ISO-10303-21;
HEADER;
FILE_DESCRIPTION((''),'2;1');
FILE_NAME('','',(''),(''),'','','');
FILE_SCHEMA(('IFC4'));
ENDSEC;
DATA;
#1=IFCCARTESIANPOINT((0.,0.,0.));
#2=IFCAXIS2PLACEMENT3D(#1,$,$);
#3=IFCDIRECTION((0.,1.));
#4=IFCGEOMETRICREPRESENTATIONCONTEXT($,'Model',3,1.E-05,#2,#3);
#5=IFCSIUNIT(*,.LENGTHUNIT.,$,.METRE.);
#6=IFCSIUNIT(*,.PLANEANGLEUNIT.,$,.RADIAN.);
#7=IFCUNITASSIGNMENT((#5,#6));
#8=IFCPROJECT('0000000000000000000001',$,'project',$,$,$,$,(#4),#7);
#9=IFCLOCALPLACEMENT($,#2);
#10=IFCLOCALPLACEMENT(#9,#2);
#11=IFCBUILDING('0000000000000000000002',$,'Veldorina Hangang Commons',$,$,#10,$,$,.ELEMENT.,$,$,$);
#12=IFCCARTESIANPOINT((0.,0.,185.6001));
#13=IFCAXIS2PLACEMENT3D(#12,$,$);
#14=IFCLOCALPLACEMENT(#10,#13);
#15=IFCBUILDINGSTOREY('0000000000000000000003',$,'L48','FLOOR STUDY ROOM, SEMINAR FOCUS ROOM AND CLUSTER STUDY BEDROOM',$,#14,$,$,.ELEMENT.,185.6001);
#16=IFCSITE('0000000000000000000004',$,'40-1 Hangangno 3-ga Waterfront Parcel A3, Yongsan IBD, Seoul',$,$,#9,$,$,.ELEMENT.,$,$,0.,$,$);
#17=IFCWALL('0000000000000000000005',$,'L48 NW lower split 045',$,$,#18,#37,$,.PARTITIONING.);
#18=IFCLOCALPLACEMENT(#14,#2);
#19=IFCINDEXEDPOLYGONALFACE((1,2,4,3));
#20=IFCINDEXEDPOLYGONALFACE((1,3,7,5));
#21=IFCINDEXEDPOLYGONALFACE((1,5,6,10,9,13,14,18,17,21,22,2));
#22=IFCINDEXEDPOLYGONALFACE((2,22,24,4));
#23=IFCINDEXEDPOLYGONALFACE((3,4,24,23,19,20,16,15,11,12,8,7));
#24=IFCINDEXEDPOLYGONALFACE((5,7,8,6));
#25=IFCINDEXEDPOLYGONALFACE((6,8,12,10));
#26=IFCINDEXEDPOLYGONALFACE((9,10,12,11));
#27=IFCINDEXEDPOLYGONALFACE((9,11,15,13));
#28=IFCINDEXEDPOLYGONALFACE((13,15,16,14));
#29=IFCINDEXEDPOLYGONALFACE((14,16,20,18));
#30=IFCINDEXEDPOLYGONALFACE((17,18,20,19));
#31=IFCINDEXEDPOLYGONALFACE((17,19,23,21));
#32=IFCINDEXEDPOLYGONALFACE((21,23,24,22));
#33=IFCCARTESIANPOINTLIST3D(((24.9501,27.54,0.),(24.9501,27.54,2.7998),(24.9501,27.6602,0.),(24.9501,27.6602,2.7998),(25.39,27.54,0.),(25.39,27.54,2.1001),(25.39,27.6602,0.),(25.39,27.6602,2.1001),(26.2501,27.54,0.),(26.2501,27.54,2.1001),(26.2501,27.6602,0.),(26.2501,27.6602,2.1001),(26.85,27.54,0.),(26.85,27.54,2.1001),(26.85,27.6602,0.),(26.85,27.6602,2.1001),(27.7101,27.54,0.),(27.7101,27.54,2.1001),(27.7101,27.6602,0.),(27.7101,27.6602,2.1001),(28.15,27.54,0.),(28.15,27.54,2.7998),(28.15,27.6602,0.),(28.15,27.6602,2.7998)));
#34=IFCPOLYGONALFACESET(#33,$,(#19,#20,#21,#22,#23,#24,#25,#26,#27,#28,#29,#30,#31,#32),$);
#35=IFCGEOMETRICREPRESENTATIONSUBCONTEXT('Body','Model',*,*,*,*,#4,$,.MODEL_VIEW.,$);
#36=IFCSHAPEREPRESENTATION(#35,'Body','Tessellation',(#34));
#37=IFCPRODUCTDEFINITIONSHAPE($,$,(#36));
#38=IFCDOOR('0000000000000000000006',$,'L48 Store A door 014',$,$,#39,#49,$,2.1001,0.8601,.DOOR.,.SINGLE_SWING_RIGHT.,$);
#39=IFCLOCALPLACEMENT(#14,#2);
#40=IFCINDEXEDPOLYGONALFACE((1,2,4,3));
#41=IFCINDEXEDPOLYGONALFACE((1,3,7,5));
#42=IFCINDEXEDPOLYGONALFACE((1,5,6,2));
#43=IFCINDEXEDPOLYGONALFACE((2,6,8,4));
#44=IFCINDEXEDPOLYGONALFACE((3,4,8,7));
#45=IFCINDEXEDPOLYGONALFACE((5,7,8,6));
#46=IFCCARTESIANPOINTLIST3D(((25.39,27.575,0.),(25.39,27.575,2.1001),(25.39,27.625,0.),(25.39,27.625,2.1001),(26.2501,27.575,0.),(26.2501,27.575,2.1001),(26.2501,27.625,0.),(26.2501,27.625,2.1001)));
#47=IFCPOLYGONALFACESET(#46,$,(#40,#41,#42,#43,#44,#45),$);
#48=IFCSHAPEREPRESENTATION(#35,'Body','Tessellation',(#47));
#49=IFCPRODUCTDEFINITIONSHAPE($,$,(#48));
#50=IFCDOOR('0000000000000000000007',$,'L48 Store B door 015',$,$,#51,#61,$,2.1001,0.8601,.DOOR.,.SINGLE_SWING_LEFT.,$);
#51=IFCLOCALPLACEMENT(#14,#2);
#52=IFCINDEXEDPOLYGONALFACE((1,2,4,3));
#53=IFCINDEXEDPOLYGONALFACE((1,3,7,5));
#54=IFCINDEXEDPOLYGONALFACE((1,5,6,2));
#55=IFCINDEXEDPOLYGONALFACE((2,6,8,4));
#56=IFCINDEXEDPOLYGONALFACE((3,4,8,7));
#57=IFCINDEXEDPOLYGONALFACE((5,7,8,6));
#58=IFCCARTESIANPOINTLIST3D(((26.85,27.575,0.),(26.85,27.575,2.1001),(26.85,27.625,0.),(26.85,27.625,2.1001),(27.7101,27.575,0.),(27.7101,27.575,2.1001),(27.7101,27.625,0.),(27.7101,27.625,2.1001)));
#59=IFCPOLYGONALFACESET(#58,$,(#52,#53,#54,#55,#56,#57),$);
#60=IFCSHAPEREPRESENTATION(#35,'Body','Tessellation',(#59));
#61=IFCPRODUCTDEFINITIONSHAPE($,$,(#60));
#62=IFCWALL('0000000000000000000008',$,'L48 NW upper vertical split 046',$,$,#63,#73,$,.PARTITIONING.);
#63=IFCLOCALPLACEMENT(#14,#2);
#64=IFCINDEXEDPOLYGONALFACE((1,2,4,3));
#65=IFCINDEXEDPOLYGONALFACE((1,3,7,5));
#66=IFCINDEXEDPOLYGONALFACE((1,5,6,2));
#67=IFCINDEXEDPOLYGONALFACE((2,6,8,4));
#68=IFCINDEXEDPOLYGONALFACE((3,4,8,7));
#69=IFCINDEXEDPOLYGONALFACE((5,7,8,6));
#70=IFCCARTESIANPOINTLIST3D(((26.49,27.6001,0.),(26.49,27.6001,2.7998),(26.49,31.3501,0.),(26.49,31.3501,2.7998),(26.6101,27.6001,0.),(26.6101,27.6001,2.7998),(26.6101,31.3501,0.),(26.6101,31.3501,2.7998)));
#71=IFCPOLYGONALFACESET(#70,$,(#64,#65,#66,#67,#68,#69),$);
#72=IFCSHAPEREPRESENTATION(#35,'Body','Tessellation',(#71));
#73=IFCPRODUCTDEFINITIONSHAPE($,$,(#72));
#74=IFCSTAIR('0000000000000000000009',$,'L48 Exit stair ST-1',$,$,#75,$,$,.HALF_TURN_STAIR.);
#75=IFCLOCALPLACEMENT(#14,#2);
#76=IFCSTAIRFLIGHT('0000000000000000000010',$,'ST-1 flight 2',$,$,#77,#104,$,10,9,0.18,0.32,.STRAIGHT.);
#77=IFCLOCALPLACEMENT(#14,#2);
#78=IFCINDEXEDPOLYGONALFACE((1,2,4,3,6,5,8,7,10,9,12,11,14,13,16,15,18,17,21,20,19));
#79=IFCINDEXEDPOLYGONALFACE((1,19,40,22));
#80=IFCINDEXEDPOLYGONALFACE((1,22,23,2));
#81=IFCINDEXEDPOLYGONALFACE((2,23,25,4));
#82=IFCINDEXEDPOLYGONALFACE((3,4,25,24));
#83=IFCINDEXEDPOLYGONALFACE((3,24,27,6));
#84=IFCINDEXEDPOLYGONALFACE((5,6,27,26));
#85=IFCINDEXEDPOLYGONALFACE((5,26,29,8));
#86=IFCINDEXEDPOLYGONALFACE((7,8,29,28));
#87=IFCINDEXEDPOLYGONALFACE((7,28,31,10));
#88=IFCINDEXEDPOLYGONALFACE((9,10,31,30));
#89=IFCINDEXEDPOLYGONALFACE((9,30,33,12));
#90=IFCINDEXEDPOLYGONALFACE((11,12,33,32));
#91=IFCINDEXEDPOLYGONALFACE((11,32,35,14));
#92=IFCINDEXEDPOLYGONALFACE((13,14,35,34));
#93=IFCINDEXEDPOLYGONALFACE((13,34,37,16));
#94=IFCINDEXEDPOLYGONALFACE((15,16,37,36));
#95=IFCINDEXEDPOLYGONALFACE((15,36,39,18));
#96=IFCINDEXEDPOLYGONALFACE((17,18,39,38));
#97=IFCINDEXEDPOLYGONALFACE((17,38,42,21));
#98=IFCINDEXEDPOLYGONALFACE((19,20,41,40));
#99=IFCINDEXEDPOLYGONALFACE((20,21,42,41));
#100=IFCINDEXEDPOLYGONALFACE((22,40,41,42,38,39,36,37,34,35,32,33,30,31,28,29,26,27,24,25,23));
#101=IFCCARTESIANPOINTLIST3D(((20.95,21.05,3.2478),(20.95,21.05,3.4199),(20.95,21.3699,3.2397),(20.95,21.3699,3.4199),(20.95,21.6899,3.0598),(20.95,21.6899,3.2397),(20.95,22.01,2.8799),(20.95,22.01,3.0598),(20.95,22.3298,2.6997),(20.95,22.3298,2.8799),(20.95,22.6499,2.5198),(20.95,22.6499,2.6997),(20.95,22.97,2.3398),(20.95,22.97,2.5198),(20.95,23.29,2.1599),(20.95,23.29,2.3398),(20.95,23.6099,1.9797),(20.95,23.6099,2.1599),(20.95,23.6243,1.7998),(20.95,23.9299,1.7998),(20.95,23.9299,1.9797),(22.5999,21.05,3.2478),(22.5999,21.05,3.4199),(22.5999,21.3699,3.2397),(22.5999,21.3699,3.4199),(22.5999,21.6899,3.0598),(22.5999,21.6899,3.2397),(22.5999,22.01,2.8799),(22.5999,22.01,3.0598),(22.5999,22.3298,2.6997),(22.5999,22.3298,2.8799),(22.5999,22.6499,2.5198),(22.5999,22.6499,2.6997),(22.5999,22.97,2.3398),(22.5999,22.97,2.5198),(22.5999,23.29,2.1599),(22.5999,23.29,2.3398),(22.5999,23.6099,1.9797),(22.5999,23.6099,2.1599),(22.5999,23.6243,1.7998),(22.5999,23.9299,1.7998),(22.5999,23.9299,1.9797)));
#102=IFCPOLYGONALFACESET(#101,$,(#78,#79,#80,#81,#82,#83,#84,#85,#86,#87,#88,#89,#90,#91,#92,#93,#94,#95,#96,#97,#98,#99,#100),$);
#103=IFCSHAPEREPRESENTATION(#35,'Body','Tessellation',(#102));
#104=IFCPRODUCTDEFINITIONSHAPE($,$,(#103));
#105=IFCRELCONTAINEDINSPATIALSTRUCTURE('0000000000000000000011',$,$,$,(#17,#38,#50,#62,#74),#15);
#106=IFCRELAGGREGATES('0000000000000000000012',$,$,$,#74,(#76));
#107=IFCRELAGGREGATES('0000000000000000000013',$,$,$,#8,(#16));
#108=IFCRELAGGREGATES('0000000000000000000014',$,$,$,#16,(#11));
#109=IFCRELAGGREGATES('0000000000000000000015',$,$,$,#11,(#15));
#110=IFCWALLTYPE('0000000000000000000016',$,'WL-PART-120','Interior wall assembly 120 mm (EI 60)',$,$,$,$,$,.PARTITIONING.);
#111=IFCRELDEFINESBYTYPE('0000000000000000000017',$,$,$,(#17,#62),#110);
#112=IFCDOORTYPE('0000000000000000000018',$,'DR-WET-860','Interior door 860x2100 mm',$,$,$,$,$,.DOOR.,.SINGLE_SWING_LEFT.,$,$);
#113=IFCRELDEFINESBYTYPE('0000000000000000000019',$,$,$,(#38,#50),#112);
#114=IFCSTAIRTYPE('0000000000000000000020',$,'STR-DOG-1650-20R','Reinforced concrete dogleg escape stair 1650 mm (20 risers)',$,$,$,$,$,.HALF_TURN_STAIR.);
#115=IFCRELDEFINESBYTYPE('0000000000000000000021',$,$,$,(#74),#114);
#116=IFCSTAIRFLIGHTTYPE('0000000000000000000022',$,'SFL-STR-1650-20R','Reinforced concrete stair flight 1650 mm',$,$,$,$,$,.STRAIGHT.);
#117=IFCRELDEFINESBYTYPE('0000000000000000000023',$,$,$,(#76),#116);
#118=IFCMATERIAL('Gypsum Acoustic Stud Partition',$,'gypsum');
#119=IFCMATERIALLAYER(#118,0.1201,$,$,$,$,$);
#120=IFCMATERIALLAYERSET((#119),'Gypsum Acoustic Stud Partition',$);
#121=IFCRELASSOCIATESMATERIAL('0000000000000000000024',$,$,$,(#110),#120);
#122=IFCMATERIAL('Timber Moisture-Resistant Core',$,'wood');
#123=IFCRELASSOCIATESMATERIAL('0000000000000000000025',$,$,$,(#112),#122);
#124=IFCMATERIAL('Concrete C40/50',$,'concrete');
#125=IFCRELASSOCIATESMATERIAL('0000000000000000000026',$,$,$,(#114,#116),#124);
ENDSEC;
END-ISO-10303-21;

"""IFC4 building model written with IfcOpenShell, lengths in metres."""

from ifc_helpers import new_model, si_unit, direction, frame, frame_2d, origin, place, context, subcontext, project, spatial, polyline, rectangle, outline, extrude, material, layer, layer_set, type_object, element, fill, aggregate, save


model = new_model("IFC4")

# Units and contexts
model_context = context("Model", 3, precision=1e-05, world=origin(), true_north=direction((0.0, 1.0)))
body_context = subcontext(model_context, "Body", "Model", "MODEL_VIEW")
ifc_project = project(units=[si_unit("LENGTHUNIT", "METRE"), si_unit("PLANEANGLEUNIT", "RADIAN")], contexts=[model_context])

# Site, building, storey
site_placement = place(None, origin())
site = spatial("IfcSite", under=ifc_project, at=site_placement, Name="40-1 Hangangno 3-ga Waterfront Parcel A3, Yongsan IBD, Seoul", CompositionType="ELEMENT", RefElevation=0.0)
building_placement = place(site_placement, origin())
building = spatial("IfcBuilding", under=site, at=building_placement, Name="Veldorina Hangang Commons", CompositionType="ELEMENT")
storey_placement = place(building_placement, frame((0.0, 0.0, 185.6001)))
storey = spatial("IfcBuildingStorey", under=building, at=storey_placement, Name="L48", Description="FLOOR STUDY ROOM, SEMINAR FOCUS ROOM AND CLUSTER STUDY BEDROOM", CompositionType="ELEMENT", Elevation=185.6001)

# Shared definitions
ifc_material_1 = material(Name="Gypsum Acoustic Stud Partition", Category="gypsum")
ifc_layer_1 = layer(ifc_material_1, 0.1201)
ifc_layer_set_1 = layer_set([ifc_layer_1], Name="Gypsum Acoustic Stud Partition")
wall_type_1 = type_object("IfcWallType", Name="WL-PART-120", Description="Interior wall assembly 120 mm (EI 60)", PredefinedType="PARTITIONING", material=ifc_layer_set_1)

# Wall, openings, doors
wall_1_placement = place(storey_placement, frame((24.95, 27.6001, 0.0), z_axis=(0.0, 0.0, 1.0), x_axis=(1.0, 0.0, 0.0)))
wall_1 = element("IfcWall", 1, at=wall_1_placement, inside=storey, type_object=wall_type_1, Name="L48 NW lower split 045", PredefinedType="PARTITIONING", context=body_context, shape_type="SweptSolid", body=[
    extrude(rectangle(XDim=3.2, YDim=0.1201, at=frame_2d((1.6001, 0.0))), origin(), (0.0, 0.0, 1.0), 2.7998),
])
opening_1_placement = place(wall_1_placement, frame((0.4399, 0.0, 0.0)))
opening_1 = element("IfcOpeningElement", 2, at=opening_1_placement, cuts=wall_1, PredefinedType="OPENING", context=body_context, shape_type="SweptSolid", body=[
    extrude(rectangle(XDim=0.8601, YDim=2.1001, at=frame_2d((0.4302, 1.05))), frame((0.0, 0.0701, 0.0), z_axis=(0.0, -1.0, 0.0), x_axis=(1.0, 0.0, 0.0)), (0.0, 0.0, 1.0), 0.1401),
])
opening_2_placement = place(wall_1_placement, frame((1.8999, 0.0, 0.0)))
opening_2 = element("IfcOpeningElement", 3, at=opening_2_placement, cuts=wall_1, PredefinedType="OPENING", context=body_context, shape_type="SweptSolid", body=[
    extrude(rectangle(XDim=0.8601, YDim=2.1001, at=frame_2d((0.4302, 1.05))), frame((0.0, 0.0701, 0.0), z_axis=(0.0, -1.0, 0.0), x_axis=(1.0, 0.0, 0.0)), (0.0, 0.0, 1.0), 0.1401),
])
ifc_material_2 = material(Name="Timber Moisture-Resistant Core", Category="wood")
door_type_1 = type_object("IfcDoorType", Name="DR-WET-860", Description="Interior door 860x2100 mm", OperationType="SINGLE_SWING_LEFT", PredefinedType="DOOR", material=ifc_material_2)
door_1_placement = place(opening_1_placement, origin())
door_1 = element("IfcDoor", 4, at=door_1_placement, inside=storey, type_object=door_type_1, Name="L48 Store A door 014", OperationType="SINGLE_SWING_RIGHT", OverallHeight=2.1001, OverallWidth=0.8601, PredefinedType="DOOR", context=body_context, shape_type="SweptSolid", body=[
    extrude(rectangle(XDim=0.8601, YDim=2.1001, at=frame_2d((0.4302, 1.05))), frame((0.0, 0.0249, 0.0), z_axis=(0.0, -1.0, 0.0), x_axis=(1.0, 0.0, 0.0)), (0.0, 0.0, 1.0), 0.05),
])
fill(opening_1, door_1)
door_2_placement = place(opening_2_placement, origin())
door_2 = element("IfcDoor", 5, at=door_2_placement, inside=storey, type_object=door_type_1, Name="L48 Store B door 015", OperationType="SINGLE_SWING_LEFT", OverallHeight=2.1001, OverallWidth=0.8601, PredefinedType="DOOR", context=body_context, shape_type="SweptSolid", body=[
    extrude(rectangle(XDim=0.8601, YDim=2.1001, at=frame_2d((0.4302, 1.05))), frame((0.0, 0.0249, 0.0), z_axis=(0.0, -1.0, 0.0), x_axis=(1.0, 0.0, 0.0)), (0.0, 0.0, 1.0), 0.05),
])
fill(opening_2, door_2)

# Wall
wall_2_placement = place(storey_placement, frame((26.55, 27.6001, 0.0), z_axis=(0.0, 0.0, 1.0), x_axis=(0.0, 1.0, 0.0)))
element("IfcWall", 6, at=wall_2_placement, inside=storey, type_object=wall_type_1, Name="L48 NW upper vertical split 046", PredefinedType="PARTITIONING", context=body_context, shape_type="SweptSolid", body=[
    extrude(rectangle(XDim=3.75, YDim=0.1201, at=frame_2d((1.875, 0.0))), origin(), (0.0, 0.0, 1.0), 2.7998),
])

# Stair, stair flight
ifc_material_3 = material(Name="Concrete C40/50", Category="concrete")
stair_type = type_object("IfcStairType", Name="STR-DOG-1650-20R", Description="Reinforced concrete dogleg escape stair 1650 mm (20 risers)", PredefinedType="HALF_TURN_STAIR", material=ifc_material_3)
stair_placement = place(storey_placement, origin())
stair = element("IfcStair", 7, at=stair_placement, inside=storey, type_object=stair_type, Name="L48 Exit stair ST-1", PredefinedType="HALF_TURN_STAIR")
stair_flight_type = type_object("IfcStairFlightType", Name="SFL-STR-1650-20R", Description="Reinforced concrete stair flight 1650 mm", PredefinedType="STRAIGHT", material=ifc_material_3)
stair_flight_placement = place(storey_placement, frame((21.7749, 23.9299, 1.7998), z_axis=(0.0, 0.0, 1.0), x_axis=(0.0, -1.0, 0.0)))
stair_flight = element("IfcStairFlight", 8, at=stair_flight_placement, type_object=stair_flight_type, Name="ST-1 flight 2", NumberOfRisers=10, NumberOfTreads=9, PredefinedType="STRAIGHT", RiserHeight=0.18, TreadLength=0.32, context=body_context, shape_type="SweptSolid", body=[
    extrude(outline(polyline([(0.0, 0.0), (0.0, 0.1799), (0.3201, 0.1799), (0.3201, 0.3601), (0.6399, 0.3601), (0.6399, 0.54), (0.96, 0.54), (0.96, 0.72), (1.28, 0.72), (1.28, 0.8999), (1.6001, 0.8999), (1.6001, 1.0801), (1.9199, 1.0801), (1.9199, 1.26), (2.24, 1.26), (2.24, 1.4399), (2.5601, 1.4399), (2.5601, 1.6201), (2.8799, 1.6201), (2.8799, 1.8), (2.8799, 1.448), (0.3057, 0.0), (0.0, 0.0)])), frame((0.0, 0.825, 0.0), z_axis=(0.0, -1.0, 0.0), x_axis=(1.0, 0.0, 0.0)), (0.0, 0.0, 1.0), 1.6499),
])
aggregate(stair, [stair_flight])

save(model, "model.ifc")
